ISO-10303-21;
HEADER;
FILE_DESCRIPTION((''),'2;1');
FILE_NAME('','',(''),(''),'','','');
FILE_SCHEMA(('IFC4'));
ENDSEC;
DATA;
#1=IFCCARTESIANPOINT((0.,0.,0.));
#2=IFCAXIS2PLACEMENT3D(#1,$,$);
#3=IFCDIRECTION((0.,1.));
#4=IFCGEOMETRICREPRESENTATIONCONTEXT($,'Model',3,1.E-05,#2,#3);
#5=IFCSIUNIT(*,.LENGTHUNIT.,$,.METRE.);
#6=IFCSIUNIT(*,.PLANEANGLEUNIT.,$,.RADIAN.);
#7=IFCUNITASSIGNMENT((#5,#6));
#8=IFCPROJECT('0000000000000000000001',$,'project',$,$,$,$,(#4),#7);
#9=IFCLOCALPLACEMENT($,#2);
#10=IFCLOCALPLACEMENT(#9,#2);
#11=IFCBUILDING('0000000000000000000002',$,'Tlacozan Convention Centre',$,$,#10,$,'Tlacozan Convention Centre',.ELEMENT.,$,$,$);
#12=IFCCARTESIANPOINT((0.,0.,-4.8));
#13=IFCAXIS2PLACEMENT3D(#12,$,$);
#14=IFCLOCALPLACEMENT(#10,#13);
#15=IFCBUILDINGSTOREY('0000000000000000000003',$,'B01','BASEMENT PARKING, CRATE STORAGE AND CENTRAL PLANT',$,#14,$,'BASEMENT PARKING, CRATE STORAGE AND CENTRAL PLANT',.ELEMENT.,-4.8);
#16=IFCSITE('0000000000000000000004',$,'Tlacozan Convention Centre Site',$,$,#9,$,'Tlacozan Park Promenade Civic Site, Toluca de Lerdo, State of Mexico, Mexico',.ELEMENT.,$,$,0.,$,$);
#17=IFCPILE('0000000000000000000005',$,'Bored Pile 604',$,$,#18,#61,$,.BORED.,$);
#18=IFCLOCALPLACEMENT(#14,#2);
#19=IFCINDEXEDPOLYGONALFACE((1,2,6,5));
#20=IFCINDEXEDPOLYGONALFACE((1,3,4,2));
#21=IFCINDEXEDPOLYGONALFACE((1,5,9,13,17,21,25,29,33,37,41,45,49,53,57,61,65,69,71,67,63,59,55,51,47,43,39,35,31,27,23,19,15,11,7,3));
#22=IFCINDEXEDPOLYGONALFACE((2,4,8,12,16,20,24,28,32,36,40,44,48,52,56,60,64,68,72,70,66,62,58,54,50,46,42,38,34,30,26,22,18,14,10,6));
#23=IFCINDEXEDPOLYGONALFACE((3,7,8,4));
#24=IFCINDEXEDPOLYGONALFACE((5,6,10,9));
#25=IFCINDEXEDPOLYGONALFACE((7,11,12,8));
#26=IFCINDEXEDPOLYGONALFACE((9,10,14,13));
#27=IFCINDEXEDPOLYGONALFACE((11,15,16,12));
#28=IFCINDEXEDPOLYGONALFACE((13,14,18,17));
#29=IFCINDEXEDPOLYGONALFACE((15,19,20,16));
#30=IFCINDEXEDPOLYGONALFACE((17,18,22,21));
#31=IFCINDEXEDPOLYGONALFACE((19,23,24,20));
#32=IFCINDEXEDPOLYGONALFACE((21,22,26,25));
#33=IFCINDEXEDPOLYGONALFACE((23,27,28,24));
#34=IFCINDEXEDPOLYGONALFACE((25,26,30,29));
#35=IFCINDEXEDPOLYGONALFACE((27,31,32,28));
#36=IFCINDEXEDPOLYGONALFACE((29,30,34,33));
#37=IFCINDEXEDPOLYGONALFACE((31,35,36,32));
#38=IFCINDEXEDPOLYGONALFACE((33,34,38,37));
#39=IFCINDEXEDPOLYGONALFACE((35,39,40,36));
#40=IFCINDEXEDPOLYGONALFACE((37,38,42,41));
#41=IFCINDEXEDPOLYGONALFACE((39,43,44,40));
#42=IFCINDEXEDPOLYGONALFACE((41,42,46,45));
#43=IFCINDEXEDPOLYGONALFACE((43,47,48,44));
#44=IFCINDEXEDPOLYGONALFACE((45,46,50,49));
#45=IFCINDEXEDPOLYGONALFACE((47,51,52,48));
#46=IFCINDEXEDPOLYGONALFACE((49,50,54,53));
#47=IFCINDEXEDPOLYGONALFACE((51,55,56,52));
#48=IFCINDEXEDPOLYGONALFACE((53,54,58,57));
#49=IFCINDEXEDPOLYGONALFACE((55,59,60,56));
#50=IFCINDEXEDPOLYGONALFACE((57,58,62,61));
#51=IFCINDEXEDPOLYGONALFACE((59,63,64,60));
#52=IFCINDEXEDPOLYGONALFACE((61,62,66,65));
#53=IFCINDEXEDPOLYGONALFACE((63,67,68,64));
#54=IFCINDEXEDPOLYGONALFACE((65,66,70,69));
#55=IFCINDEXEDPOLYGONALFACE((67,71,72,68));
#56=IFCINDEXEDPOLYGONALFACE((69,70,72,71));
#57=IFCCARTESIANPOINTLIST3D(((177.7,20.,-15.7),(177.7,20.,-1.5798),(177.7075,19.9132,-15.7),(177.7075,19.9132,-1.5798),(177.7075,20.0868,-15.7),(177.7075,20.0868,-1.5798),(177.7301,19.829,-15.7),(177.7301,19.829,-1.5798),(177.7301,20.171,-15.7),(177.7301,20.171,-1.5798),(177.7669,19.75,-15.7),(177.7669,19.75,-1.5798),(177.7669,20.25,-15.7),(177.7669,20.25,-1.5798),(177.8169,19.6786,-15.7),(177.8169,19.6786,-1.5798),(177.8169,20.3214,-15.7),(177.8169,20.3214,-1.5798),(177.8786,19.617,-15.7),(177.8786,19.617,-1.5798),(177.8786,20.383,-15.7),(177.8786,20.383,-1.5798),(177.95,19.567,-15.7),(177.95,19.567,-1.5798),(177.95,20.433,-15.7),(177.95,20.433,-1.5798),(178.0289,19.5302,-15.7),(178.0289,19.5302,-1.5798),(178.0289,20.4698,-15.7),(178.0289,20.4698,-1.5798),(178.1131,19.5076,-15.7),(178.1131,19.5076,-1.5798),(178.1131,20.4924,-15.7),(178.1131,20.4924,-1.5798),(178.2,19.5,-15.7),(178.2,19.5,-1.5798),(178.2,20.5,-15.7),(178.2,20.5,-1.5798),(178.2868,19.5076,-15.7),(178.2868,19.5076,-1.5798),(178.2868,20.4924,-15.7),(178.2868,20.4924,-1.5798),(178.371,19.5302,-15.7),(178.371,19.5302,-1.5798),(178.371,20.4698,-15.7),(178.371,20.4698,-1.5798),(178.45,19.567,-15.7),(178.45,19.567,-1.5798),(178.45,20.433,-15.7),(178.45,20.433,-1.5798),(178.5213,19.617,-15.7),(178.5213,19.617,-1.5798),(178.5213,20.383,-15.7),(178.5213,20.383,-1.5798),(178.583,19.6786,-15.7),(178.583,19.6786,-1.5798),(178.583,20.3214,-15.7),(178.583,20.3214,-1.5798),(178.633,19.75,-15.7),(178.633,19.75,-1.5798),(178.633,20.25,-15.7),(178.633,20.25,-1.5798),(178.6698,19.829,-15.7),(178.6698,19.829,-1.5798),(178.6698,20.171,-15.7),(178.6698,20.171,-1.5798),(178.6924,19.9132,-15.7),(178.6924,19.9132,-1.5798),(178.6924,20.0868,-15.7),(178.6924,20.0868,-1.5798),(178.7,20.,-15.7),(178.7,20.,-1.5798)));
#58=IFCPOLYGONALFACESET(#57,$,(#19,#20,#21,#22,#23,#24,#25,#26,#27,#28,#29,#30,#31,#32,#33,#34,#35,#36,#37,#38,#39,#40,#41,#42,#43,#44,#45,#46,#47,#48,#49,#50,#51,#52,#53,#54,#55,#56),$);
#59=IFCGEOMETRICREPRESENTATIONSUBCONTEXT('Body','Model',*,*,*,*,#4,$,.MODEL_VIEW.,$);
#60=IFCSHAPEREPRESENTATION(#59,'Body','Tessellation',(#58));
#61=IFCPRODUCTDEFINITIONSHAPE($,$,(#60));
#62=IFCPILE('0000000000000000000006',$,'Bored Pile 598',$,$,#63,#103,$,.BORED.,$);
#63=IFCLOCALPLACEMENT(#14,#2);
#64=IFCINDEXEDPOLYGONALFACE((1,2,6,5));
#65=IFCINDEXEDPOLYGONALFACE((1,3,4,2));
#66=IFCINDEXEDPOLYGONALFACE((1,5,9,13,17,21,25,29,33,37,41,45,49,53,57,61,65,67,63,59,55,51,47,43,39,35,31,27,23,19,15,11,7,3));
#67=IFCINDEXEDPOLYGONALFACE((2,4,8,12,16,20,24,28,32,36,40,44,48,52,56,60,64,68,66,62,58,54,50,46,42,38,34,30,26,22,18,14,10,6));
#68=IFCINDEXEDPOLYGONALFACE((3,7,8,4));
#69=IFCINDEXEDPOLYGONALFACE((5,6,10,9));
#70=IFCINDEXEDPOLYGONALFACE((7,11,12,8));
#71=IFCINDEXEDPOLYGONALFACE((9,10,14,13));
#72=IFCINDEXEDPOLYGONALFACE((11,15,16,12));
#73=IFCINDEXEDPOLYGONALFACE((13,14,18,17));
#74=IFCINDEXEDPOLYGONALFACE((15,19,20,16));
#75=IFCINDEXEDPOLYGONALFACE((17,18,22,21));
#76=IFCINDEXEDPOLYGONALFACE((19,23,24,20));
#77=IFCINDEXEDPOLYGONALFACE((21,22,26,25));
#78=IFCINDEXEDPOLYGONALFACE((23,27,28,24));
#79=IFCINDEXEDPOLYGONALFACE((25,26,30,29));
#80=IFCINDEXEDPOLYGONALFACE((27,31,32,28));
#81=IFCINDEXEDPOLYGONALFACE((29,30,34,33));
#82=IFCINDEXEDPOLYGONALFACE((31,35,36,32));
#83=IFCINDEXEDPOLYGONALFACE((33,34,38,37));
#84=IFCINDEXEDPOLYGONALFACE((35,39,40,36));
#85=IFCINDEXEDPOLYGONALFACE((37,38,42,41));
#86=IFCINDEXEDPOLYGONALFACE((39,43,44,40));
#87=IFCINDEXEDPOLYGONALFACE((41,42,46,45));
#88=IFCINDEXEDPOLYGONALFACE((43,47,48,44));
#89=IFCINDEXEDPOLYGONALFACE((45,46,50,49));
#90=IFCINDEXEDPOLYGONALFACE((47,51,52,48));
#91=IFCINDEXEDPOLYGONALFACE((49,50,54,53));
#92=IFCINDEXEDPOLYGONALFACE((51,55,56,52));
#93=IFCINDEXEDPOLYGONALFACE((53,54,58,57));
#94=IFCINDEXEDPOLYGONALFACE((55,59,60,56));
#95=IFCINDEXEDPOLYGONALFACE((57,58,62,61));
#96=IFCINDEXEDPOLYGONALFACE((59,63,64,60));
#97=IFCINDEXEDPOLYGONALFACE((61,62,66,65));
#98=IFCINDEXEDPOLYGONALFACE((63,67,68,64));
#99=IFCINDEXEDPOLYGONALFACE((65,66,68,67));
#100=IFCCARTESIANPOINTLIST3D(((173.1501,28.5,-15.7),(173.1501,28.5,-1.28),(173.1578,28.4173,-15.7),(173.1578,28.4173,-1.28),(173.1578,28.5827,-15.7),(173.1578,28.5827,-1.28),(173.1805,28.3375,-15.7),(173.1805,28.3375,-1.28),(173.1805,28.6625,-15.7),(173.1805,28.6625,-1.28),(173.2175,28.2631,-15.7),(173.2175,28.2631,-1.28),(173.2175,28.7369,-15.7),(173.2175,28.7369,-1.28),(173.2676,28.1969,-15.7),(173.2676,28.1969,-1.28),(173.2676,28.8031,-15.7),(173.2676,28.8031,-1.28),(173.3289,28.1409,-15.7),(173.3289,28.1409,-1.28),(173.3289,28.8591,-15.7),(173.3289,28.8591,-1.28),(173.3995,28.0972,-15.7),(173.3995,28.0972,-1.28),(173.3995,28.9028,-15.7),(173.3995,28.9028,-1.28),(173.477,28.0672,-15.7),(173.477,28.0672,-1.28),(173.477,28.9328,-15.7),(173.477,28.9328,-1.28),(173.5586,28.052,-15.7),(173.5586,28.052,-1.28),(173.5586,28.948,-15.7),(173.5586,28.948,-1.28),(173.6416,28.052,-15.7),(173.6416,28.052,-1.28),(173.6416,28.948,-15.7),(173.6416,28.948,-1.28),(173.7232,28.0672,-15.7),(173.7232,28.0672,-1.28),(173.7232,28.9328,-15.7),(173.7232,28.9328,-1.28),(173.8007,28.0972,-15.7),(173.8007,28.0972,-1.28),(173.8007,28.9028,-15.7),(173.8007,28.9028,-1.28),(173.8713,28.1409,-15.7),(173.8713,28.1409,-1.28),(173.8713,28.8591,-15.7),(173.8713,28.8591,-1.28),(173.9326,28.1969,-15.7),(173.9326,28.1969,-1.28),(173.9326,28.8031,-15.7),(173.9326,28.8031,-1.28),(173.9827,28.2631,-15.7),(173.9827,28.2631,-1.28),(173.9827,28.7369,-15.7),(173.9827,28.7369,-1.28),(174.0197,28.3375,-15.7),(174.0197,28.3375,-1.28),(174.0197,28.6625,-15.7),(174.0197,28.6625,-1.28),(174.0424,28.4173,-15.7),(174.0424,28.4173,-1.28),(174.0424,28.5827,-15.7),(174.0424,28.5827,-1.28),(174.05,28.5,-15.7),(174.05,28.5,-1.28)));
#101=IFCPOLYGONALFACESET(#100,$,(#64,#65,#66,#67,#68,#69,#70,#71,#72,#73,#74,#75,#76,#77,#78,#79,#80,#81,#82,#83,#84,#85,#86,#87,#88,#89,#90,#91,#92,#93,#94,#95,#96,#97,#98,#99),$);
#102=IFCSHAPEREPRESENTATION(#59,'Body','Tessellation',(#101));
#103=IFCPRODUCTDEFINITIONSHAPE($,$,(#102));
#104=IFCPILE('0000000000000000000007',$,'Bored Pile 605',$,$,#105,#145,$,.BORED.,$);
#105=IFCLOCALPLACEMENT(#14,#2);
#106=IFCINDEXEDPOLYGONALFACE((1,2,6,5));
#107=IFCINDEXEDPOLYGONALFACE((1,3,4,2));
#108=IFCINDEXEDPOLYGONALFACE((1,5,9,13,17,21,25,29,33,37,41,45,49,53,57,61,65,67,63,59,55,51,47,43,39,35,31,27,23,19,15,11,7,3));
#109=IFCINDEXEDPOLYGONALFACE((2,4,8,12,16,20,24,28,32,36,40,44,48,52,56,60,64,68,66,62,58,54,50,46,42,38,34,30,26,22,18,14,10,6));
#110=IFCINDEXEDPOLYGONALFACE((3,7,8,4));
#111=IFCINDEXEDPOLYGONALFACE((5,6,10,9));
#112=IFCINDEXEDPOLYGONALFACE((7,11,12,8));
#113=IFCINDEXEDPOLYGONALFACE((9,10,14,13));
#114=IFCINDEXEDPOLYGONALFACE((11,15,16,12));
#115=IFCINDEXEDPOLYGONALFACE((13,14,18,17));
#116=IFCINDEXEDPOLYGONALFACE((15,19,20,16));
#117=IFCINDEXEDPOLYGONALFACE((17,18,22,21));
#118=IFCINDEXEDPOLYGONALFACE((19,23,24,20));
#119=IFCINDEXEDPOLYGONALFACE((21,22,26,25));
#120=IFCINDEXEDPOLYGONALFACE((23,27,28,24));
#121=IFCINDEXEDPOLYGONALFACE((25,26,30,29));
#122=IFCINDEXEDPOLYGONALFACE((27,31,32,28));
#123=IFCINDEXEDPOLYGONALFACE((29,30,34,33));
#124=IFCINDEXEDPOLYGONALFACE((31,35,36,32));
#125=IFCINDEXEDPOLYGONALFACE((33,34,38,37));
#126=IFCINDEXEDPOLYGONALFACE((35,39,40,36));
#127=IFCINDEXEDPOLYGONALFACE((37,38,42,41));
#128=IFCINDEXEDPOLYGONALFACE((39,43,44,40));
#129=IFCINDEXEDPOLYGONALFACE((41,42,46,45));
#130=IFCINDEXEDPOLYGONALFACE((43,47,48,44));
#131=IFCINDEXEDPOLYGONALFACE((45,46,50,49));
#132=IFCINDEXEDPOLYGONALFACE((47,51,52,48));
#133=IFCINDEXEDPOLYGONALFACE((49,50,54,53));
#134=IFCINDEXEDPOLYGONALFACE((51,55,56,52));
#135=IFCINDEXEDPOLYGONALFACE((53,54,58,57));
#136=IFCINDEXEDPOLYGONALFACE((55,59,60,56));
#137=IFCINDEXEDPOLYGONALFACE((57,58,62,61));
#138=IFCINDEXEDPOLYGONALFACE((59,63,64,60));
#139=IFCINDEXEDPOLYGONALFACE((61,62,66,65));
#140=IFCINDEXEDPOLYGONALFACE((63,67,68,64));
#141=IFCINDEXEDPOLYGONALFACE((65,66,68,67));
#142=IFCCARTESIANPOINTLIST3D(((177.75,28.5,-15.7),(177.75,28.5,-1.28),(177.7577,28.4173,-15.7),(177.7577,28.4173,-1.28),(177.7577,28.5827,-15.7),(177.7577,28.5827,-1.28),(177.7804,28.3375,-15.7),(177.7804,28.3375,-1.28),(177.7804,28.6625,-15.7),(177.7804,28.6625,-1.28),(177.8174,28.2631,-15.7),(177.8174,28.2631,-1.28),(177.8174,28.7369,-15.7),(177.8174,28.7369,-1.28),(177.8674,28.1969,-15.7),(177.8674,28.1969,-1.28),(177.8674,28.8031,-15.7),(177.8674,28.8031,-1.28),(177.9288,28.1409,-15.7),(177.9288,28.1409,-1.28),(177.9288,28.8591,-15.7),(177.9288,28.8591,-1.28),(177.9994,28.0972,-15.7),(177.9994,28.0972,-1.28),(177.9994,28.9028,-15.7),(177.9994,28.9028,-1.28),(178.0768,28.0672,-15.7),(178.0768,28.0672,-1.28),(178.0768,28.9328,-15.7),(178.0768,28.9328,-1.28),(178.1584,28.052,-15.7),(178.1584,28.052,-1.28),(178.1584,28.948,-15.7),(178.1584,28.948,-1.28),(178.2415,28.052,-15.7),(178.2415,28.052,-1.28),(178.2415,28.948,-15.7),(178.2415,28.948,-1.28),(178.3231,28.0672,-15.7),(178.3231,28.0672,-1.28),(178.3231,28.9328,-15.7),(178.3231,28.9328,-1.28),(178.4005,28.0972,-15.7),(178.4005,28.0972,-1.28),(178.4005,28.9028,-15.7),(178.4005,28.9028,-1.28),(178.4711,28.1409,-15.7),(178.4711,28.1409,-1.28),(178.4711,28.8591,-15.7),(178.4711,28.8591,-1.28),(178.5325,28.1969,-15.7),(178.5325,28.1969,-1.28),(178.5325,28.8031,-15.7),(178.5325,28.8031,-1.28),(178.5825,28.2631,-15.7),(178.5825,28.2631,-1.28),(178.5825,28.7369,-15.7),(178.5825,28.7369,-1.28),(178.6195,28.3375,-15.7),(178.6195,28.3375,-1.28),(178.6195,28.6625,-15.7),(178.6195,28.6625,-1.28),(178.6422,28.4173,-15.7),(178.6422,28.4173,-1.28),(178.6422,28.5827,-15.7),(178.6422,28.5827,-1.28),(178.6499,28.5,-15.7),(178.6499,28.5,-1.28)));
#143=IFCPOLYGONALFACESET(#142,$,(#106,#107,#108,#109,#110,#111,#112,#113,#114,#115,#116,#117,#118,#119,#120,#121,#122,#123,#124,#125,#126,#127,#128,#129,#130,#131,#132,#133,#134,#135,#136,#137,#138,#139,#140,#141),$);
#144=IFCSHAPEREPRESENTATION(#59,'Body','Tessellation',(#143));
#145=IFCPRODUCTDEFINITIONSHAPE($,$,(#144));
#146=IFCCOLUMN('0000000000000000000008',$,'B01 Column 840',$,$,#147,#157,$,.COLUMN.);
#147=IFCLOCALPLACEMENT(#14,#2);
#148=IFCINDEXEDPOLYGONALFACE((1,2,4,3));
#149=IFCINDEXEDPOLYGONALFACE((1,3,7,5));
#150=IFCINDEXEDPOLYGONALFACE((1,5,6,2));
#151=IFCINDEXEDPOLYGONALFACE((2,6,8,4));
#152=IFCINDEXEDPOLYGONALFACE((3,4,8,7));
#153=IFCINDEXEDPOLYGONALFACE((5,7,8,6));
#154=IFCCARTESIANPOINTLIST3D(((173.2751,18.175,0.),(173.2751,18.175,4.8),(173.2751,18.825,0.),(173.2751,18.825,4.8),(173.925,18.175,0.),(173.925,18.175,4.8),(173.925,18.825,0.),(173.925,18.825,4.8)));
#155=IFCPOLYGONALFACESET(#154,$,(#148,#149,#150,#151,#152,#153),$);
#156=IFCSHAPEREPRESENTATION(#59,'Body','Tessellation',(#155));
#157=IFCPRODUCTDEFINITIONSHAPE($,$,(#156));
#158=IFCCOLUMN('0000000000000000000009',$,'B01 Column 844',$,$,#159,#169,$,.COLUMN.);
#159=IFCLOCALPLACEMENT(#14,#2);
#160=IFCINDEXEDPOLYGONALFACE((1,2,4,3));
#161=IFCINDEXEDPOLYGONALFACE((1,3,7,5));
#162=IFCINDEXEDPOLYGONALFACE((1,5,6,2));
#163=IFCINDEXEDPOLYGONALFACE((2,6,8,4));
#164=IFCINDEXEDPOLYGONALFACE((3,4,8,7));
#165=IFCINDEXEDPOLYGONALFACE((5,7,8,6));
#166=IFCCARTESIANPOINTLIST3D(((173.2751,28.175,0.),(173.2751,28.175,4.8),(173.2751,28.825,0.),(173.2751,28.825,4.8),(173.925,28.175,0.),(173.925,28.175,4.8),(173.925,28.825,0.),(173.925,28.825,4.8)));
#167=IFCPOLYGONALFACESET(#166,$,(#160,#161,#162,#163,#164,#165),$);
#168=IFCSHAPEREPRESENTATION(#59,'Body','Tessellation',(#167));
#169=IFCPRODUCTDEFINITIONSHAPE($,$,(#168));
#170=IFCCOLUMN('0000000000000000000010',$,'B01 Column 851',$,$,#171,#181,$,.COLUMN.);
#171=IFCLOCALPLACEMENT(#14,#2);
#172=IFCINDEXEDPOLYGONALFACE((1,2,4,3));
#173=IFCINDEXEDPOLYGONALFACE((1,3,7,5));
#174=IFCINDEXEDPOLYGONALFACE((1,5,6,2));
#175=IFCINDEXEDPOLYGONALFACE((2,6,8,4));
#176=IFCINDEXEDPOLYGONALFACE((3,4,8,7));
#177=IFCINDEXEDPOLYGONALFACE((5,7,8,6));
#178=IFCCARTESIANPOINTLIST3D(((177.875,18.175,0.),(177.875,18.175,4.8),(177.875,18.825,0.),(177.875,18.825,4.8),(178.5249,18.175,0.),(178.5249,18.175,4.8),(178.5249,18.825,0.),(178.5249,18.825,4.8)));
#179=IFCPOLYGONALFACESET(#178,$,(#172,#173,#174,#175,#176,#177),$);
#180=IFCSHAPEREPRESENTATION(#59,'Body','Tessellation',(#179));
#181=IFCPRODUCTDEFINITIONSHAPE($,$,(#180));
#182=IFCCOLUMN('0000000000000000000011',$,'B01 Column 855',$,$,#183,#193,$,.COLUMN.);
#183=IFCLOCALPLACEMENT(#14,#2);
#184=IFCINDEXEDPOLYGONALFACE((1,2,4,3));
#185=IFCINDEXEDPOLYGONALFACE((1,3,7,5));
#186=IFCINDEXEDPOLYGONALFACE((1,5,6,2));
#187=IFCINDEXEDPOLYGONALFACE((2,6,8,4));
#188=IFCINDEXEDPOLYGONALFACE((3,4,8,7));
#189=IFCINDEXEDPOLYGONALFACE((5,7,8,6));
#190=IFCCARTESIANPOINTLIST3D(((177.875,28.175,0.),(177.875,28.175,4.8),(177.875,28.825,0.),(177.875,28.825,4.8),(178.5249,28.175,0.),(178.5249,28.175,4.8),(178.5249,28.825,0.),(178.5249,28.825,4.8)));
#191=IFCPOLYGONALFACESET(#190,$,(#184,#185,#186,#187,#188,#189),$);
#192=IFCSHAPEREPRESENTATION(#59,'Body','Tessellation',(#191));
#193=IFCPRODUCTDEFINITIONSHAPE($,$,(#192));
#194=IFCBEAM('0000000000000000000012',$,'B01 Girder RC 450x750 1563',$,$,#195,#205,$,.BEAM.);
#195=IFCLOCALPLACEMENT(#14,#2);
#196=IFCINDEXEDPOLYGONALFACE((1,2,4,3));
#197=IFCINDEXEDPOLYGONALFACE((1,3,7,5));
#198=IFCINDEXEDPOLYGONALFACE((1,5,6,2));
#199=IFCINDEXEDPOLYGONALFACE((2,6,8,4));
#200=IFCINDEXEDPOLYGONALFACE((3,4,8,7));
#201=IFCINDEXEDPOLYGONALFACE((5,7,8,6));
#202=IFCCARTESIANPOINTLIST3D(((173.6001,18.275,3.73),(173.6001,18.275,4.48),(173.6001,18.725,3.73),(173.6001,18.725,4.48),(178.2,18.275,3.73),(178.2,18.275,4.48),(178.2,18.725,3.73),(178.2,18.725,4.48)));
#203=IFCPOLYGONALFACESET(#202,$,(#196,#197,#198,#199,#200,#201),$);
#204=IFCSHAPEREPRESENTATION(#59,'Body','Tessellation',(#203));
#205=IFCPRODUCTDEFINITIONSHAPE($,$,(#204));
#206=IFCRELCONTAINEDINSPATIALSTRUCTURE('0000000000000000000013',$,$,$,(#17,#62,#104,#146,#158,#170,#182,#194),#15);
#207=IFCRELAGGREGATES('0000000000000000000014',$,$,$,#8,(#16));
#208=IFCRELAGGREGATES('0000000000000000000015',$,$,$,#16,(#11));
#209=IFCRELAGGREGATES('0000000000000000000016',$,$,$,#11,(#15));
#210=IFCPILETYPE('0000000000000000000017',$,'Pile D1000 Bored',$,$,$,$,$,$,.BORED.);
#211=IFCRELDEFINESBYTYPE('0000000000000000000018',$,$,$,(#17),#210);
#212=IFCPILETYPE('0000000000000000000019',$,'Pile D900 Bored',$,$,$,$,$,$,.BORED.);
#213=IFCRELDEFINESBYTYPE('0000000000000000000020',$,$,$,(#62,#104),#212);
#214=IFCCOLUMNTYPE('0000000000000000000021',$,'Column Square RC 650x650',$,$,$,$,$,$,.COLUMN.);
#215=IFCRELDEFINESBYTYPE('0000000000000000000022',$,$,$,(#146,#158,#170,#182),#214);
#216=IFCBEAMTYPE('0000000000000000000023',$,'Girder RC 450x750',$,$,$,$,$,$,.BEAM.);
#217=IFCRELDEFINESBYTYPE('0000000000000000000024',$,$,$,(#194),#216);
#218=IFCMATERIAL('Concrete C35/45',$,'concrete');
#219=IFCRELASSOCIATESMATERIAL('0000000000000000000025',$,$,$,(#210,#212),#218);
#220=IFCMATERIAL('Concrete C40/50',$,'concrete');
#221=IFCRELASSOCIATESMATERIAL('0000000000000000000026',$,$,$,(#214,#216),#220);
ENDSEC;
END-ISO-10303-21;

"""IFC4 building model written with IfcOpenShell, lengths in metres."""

from ifc_helpers import new_model, si_unit, direction, frame, origin, origin_2d, place, context, subcontext, project, spatial, rectangle, circle, extrude, material, material_profile, profile_set, type_object, element, save


model = new_model("IFC4")

# Units and contexts
model_context = context("Model", 3, precision=1e-05, world=origin(), true_north=direction((0.0, 1.0)))
body_context = subcontext(model_context, "Body", "Model", "MODEL_VIEW")
ifc_project = project(units=[si_unit("LENGTHUNIT", "METRE"), si_unit("PLANEANGLEUNIT", "RADIAN")], contexts=[model_context])

# Site, building, storey
site_placement = place(None, origin())
site = spatial("IfcSite", under=ifc_project, at=site_placement, Name="Tlacozan Convention Centre Site", LongName="Tlacozan Park Promenade Civic Site, Toluca de Lerdo, State of Mexico, Mexico", CompositionType="ELEMENT", RefElevation=0.0)
building_placement = place(site_placement, origin())
building = spatial("IfcBuilding", under=site, at=building_placement, Name="Tlacozan Convention Centre", LongName="Tlacozan Convention Centre", CompositionType="ELEMENT")
storey_placement = place(building_placement, frame((0.0, 0.0, -4.8)))
storey = spatial("IfcBuildingStorey", under=building, at=storey_placement, Name="B01", Description="BASEMENT PARKING, CRATE STORAGE AND CENTRAL PLANT", LongName="BASEMENT PARKING, CRATE STORAGE AND CENTRAL PLANT", CompositionType="ELEMENT", Elevation=-4.8)

# Shared definitions
ifc_material_1 = material(Name="Concrete C35/45", Category="concrete")

# Piles
ifc_material_profile_1 = material_profile(ifc_material_1, circle(Radius=0.5, at=origin_2d()), Name="PILE D1000")
ifc_profile_set_1 = profile_set([ifc_material_profile_1], Name="Concrete C35/45")
pile_type_1 = type_object("IfcPileType", Name="Pile D1000 Bored", PredefinedType="BORED", material=ifc_profile_set_1)
for number, where, z_axis, x_axis, name in (
    (1, (178.2, 20.0, -1.5798), (0.0, 0.0, -1.0), (1.0, 0.0, 0.0), "Bored Pile 604"),
):
    element("IfcPile", number, at=place(storey_placement, frame(where, z_axis=z_axis, x_axis=x_axis)), inside=storey, type_object=pile_type_1, Name=name, PredefinedType="BORED", context=body_context, shape_type="SweptSolid", body=[
        extrude(circle(Radius=0.5, at=origin_2d()), origin(), (0.0, 0.0, 1.0), 14.1201),
    ])
ifc_material_profile_2 = material_profile(ifc_material_1, circle(Radius=0.45, at=origin_2d()), Name="PILE D900")
ifc_profile_set_2 = profile_set([ifc_material_profile_2], Name="Concrete C35/45")
pile_type_2 = type_object("IfcPileType", Name="Pile D900 Bored", PredefinedType="BORED", material=ifc_profile_set_2)
for number, where, z_axis, x_axis, name in (
    (2, (173.6001, 28.5, -1.28), (0.0, 0.0, -1.0), (1.0, 0.0, 0.0), "Bored Pile 598"),
    (3, (178.2, 28.5, -1.28), (0.0, 0.0, -1.0), (1.0, 0.0, 0.0), "Bored Pile 605"),
):
    element("IfcPile", number, at=place(storey_placement, frame(where, z_axis=z_axis, x_axis=x_axis)), inside=storey, type_object=pile_type_2, Name=name, PredefinedType="BORED", context=body_context, shape_type="SweptSolid", body=[
        extrude(circle(Radius=0.45, at=origin_2d()), origin(), (0.0, 0.0, 1.0), 14.4199),
    ])

# Columns
ifc_material_2 = material(Name="Concrete C40/50", Category="concrete")
ifc_material_profile_3 = material_profile(ifc_material_2, rectangle(XDim=0.6499, YDim=0.6499, at=origin_2d()), Name="RC 650x650")
ifc_profile_set_3 = profile_set([ifc_material_profile_3], Name="Concrete C40/50")
column_type = type_object("IfcColumnType", Name="Column Square RC 650x650", PredefinedType="COLUMN", material=ifc_profile_set_3)
for number, where, z_axis, x_axis, name in (
    (4, (173.6001, 18.5, 0.0), (0.0, 0.0, 1.0), (1.0, 0.0, 0.0), "B01 Column 840"),
    (5, (173.6001, 28.5, 0.0), (0.0, 0.0, 1.0), (1.0, 0.0, 0.0), "B01 Column 844"),
    (6, (178.2, 18.5, 0.0), (0.0, 0.0, 1.0), (1.0, 0.0, 0.0), "B01 Column 851"),
    (7, (178.2, 28.5, 0.0), (0.0, 0.0, 1.0), (1.0, 0.0, 0.0), "B01 Column 855"),
):
    element("IfcColumn", number, at=place(storey_placement, frame(where, z_axis=z_axis, x_axis=x_axis)), inside=storey, type_object=column_type, Name=name, PredefinedType="COLUMN", context=body_context, shape_type="SweptSolid", body=[
        extrude(rectangle(XDim=0.6499, YDim=0.6499, at=origin_2d()), origin(), (0.0, 0.0, 1.0), 4.8),
    ])

# Beam
ifc_material_profile_4 = material_profile(ifc_material_2, rectangle(XDim=0.45, YDim=0.75, at=origin_2d()), Name="RC 450x750")
ifc_profile_set_4 = profile_set([ifc_material_profile_4], Name="Concrete C40/50")
beam_type_1 = type_object("IfcBeamType", Name="Girder RC 450x750", PredefinedType="BEAM", material=ifc_profile_set_4)
for number, where, z_axis, x_axis, name in (
    (8, (173.6001, 18.5, 4.105), (1.0, 0.0, 0.0), (0.0, 1.0, 0.0), "B01 Girder RC 450x750 1563"),
):
    element("IfcBeam", number, at=place(storey_placement, frame(where, z_axis=z_axis, x_axis=x_axis)), inside=storey, type_object=beam_type_1, Name=name, PredefinedType="BEAM", context=body_context, shape_type="SweptSolid", body=[
        extrude(rectangle(XDim=0.45, YDim=0.75, at=origin_2d()), origin(), (0.0, 0.0, 1.0), 4.5999),
    ])

save(model, "model.ifc")
